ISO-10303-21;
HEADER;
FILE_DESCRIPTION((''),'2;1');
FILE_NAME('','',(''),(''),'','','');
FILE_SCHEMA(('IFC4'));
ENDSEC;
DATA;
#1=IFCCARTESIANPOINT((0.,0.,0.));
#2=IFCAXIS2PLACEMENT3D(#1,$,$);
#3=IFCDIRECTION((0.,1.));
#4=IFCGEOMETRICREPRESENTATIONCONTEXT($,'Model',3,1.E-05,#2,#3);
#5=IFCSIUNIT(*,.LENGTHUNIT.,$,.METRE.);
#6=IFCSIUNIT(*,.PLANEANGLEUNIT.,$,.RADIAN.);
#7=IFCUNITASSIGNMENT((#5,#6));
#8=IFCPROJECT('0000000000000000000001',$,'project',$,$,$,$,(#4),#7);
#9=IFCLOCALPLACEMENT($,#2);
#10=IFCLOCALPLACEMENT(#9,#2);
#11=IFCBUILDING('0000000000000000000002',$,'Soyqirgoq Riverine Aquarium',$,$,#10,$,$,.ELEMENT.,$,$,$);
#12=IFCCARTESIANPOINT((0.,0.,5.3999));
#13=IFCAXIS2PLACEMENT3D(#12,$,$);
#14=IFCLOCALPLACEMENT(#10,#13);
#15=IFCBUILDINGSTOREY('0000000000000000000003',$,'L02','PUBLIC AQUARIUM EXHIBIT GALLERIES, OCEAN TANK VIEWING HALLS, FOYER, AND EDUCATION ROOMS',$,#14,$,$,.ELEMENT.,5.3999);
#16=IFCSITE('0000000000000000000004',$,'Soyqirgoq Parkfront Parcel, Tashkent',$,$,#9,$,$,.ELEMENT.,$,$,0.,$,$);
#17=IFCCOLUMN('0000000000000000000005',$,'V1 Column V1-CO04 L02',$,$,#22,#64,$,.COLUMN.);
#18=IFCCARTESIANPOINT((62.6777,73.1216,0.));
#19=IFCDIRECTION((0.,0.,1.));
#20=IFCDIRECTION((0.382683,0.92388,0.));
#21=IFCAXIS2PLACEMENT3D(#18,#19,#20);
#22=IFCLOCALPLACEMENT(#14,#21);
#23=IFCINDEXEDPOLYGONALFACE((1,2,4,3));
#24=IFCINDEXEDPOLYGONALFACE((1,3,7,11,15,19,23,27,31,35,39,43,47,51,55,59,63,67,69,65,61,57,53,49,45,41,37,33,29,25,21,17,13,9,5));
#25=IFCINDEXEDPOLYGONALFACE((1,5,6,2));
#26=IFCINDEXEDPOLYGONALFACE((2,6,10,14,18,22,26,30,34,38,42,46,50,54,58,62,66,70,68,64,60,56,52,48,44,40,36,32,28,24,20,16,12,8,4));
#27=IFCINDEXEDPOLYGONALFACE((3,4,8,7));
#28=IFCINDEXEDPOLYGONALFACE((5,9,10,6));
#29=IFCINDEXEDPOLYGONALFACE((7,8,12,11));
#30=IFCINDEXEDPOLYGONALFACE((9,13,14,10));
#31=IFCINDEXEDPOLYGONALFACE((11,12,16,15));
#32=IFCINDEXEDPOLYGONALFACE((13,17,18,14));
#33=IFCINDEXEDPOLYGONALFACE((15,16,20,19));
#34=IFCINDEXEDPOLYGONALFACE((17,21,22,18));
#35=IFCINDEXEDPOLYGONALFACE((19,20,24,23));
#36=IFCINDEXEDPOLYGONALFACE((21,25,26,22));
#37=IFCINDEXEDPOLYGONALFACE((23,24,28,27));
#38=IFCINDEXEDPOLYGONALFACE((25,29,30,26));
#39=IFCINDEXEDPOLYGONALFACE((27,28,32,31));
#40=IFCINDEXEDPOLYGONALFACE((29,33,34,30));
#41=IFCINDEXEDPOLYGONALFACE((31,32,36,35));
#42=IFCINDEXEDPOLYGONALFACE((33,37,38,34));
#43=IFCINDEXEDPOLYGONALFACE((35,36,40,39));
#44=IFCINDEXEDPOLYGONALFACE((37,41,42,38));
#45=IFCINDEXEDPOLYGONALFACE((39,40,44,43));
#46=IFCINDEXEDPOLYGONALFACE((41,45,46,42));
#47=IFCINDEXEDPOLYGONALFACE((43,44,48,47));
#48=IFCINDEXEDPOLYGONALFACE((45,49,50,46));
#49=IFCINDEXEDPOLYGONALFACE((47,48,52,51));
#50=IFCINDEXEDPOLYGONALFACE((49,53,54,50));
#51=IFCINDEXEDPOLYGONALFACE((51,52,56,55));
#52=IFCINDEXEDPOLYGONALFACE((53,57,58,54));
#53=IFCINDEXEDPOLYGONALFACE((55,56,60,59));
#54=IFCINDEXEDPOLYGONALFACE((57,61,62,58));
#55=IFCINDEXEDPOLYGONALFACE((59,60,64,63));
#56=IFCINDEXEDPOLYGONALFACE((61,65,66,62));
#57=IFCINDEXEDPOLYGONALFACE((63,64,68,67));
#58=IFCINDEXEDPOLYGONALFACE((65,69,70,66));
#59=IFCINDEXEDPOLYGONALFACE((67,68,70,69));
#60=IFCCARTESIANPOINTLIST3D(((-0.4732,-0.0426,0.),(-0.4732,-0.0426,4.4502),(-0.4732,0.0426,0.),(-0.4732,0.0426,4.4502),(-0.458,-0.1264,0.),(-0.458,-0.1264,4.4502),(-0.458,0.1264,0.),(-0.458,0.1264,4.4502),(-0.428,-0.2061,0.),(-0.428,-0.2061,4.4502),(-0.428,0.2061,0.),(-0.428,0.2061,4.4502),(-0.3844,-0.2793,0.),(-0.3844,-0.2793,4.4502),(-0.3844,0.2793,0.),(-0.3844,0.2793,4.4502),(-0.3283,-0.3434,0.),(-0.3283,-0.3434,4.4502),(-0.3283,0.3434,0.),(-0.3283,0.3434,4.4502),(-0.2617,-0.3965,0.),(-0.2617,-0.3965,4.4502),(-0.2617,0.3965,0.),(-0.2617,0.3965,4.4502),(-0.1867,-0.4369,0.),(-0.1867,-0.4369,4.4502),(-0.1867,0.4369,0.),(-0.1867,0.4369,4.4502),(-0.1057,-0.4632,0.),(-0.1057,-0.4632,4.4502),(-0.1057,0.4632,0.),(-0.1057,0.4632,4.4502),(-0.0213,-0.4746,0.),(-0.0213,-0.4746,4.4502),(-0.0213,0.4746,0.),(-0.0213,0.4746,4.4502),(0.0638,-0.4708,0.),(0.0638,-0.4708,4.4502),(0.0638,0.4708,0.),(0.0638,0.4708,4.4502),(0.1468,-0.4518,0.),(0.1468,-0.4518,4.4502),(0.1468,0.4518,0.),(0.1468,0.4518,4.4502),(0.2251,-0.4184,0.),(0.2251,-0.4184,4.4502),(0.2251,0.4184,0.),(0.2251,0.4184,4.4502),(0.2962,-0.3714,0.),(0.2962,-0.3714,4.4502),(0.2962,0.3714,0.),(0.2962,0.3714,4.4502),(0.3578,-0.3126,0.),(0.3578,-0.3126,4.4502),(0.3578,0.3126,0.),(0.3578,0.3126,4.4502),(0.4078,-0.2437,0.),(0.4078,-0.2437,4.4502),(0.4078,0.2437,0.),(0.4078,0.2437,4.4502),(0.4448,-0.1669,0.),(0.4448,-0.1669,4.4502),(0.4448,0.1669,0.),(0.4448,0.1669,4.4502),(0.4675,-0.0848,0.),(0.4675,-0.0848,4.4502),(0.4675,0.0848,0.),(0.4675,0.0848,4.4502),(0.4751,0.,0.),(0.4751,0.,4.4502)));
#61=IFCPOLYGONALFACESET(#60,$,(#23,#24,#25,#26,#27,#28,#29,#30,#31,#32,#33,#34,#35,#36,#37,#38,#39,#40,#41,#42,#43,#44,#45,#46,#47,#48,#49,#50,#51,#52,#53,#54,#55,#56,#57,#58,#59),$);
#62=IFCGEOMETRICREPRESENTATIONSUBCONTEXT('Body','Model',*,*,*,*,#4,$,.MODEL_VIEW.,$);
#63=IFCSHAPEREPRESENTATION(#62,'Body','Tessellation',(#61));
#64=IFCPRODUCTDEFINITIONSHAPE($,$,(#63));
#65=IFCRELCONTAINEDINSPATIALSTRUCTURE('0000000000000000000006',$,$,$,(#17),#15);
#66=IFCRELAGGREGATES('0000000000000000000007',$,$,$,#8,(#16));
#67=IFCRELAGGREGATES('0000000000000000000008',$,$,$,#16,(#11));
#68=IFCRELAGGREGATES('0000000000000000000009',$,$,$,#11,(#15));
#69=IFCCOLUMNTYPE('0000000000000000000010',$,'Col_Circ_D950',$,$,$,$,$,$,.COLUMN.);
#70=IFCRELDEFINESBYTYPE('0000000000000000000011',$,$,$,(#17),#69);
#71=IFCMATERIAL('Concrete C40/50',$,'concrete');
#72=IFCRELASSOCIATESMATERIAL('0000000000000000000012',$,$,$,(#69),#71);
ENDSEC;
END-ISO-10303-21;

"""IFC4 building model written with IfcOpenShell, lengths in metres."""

from ifc_helpers import new_model, si_unit, direction, frame, origin, origin_2d, place, context, subcontext, project, spatial, circle, extrude, material, material_profile, profile_set, type_object, element, save


model = new_model("IFC4")

# Units and contexts
model_context = context("Model", 3, precision=1e-05, world=origin(), true_north=direction((0.0, 1.0)))
body_context = subcontext(model_context, "Body", "Model", "MODEL_VIEW")
ifc_project = project(units=[si_unit("LENGTHUNIT", "METRE"), si_unit("PLANEANGLEUNIT", "RADIAN")], contexts=[model_context])

# Site, building, storey
site_placement = place(None, origin())
site = spatial("IfcSite", under=ifc_project, at=site_placement, Name="Soyqirgoq Parkfront Parcel, Tashkent", CompositionType="ELEMENT", RefElevation=0.0)
building_placement = place(site_placement, origin())
building = spatial("IfcBuilding", under=site, at=building_placement, Name="Soyqirgoq Riverine Aquarium", CompositionType="ELEMENT")
storey_placement = place(building_placement, frame((0.0, 0.0, 5.3999)))
storey = spatial("IfcBuildingStorey", under=building, at=storey_placement, Name="L02", Description="PUBLIC AQUARIUM EXHIBIT GALLERIES, OCEAN TANK VIEWING HALLS, FOYER, AND EDUCATION ROOMS", CompositionType="ELEMENT", Elevation=5.3999)

# Column
ifc_material_1 = material(Name="Concrete C40/50", Category="concrete")
ifc_material_profile_1 = material_profile(ifc_material_1, circle(Radius=0.4751, at=origin_2d()), Name="RC-COL D950")
ifc_profile_set_1 = profile_set([ifc_material_profile_1], Name="Concrete C40/50")
column_type_1 = type_object("IfcColumnType", Name="Col_Circ_D950", PredefinedType="COLUMN", material=ifc_profile_set_1)
column_1_placement = place(storey_placement, frame((62.6777, 73.1216, 0.0), z_axis=(0.0, 0.0, 1.0), x_axis=(0.382683, 0.92388, 0.0)))
element("IfcColumn", 1, at=column_1_placement, inside=storey, type_object=column_type_1, Name="V1 Column V1-CO04 L02", PredefinedType="COLUMN", context=body_context, shape_type="SweptSolid", body=[
    extrude(circle(Radius=0.4751, at=origin_2d()), origin(), (0.0, 0.0, 1.0), 4.4502),
])

save(model, "model.ifc")
